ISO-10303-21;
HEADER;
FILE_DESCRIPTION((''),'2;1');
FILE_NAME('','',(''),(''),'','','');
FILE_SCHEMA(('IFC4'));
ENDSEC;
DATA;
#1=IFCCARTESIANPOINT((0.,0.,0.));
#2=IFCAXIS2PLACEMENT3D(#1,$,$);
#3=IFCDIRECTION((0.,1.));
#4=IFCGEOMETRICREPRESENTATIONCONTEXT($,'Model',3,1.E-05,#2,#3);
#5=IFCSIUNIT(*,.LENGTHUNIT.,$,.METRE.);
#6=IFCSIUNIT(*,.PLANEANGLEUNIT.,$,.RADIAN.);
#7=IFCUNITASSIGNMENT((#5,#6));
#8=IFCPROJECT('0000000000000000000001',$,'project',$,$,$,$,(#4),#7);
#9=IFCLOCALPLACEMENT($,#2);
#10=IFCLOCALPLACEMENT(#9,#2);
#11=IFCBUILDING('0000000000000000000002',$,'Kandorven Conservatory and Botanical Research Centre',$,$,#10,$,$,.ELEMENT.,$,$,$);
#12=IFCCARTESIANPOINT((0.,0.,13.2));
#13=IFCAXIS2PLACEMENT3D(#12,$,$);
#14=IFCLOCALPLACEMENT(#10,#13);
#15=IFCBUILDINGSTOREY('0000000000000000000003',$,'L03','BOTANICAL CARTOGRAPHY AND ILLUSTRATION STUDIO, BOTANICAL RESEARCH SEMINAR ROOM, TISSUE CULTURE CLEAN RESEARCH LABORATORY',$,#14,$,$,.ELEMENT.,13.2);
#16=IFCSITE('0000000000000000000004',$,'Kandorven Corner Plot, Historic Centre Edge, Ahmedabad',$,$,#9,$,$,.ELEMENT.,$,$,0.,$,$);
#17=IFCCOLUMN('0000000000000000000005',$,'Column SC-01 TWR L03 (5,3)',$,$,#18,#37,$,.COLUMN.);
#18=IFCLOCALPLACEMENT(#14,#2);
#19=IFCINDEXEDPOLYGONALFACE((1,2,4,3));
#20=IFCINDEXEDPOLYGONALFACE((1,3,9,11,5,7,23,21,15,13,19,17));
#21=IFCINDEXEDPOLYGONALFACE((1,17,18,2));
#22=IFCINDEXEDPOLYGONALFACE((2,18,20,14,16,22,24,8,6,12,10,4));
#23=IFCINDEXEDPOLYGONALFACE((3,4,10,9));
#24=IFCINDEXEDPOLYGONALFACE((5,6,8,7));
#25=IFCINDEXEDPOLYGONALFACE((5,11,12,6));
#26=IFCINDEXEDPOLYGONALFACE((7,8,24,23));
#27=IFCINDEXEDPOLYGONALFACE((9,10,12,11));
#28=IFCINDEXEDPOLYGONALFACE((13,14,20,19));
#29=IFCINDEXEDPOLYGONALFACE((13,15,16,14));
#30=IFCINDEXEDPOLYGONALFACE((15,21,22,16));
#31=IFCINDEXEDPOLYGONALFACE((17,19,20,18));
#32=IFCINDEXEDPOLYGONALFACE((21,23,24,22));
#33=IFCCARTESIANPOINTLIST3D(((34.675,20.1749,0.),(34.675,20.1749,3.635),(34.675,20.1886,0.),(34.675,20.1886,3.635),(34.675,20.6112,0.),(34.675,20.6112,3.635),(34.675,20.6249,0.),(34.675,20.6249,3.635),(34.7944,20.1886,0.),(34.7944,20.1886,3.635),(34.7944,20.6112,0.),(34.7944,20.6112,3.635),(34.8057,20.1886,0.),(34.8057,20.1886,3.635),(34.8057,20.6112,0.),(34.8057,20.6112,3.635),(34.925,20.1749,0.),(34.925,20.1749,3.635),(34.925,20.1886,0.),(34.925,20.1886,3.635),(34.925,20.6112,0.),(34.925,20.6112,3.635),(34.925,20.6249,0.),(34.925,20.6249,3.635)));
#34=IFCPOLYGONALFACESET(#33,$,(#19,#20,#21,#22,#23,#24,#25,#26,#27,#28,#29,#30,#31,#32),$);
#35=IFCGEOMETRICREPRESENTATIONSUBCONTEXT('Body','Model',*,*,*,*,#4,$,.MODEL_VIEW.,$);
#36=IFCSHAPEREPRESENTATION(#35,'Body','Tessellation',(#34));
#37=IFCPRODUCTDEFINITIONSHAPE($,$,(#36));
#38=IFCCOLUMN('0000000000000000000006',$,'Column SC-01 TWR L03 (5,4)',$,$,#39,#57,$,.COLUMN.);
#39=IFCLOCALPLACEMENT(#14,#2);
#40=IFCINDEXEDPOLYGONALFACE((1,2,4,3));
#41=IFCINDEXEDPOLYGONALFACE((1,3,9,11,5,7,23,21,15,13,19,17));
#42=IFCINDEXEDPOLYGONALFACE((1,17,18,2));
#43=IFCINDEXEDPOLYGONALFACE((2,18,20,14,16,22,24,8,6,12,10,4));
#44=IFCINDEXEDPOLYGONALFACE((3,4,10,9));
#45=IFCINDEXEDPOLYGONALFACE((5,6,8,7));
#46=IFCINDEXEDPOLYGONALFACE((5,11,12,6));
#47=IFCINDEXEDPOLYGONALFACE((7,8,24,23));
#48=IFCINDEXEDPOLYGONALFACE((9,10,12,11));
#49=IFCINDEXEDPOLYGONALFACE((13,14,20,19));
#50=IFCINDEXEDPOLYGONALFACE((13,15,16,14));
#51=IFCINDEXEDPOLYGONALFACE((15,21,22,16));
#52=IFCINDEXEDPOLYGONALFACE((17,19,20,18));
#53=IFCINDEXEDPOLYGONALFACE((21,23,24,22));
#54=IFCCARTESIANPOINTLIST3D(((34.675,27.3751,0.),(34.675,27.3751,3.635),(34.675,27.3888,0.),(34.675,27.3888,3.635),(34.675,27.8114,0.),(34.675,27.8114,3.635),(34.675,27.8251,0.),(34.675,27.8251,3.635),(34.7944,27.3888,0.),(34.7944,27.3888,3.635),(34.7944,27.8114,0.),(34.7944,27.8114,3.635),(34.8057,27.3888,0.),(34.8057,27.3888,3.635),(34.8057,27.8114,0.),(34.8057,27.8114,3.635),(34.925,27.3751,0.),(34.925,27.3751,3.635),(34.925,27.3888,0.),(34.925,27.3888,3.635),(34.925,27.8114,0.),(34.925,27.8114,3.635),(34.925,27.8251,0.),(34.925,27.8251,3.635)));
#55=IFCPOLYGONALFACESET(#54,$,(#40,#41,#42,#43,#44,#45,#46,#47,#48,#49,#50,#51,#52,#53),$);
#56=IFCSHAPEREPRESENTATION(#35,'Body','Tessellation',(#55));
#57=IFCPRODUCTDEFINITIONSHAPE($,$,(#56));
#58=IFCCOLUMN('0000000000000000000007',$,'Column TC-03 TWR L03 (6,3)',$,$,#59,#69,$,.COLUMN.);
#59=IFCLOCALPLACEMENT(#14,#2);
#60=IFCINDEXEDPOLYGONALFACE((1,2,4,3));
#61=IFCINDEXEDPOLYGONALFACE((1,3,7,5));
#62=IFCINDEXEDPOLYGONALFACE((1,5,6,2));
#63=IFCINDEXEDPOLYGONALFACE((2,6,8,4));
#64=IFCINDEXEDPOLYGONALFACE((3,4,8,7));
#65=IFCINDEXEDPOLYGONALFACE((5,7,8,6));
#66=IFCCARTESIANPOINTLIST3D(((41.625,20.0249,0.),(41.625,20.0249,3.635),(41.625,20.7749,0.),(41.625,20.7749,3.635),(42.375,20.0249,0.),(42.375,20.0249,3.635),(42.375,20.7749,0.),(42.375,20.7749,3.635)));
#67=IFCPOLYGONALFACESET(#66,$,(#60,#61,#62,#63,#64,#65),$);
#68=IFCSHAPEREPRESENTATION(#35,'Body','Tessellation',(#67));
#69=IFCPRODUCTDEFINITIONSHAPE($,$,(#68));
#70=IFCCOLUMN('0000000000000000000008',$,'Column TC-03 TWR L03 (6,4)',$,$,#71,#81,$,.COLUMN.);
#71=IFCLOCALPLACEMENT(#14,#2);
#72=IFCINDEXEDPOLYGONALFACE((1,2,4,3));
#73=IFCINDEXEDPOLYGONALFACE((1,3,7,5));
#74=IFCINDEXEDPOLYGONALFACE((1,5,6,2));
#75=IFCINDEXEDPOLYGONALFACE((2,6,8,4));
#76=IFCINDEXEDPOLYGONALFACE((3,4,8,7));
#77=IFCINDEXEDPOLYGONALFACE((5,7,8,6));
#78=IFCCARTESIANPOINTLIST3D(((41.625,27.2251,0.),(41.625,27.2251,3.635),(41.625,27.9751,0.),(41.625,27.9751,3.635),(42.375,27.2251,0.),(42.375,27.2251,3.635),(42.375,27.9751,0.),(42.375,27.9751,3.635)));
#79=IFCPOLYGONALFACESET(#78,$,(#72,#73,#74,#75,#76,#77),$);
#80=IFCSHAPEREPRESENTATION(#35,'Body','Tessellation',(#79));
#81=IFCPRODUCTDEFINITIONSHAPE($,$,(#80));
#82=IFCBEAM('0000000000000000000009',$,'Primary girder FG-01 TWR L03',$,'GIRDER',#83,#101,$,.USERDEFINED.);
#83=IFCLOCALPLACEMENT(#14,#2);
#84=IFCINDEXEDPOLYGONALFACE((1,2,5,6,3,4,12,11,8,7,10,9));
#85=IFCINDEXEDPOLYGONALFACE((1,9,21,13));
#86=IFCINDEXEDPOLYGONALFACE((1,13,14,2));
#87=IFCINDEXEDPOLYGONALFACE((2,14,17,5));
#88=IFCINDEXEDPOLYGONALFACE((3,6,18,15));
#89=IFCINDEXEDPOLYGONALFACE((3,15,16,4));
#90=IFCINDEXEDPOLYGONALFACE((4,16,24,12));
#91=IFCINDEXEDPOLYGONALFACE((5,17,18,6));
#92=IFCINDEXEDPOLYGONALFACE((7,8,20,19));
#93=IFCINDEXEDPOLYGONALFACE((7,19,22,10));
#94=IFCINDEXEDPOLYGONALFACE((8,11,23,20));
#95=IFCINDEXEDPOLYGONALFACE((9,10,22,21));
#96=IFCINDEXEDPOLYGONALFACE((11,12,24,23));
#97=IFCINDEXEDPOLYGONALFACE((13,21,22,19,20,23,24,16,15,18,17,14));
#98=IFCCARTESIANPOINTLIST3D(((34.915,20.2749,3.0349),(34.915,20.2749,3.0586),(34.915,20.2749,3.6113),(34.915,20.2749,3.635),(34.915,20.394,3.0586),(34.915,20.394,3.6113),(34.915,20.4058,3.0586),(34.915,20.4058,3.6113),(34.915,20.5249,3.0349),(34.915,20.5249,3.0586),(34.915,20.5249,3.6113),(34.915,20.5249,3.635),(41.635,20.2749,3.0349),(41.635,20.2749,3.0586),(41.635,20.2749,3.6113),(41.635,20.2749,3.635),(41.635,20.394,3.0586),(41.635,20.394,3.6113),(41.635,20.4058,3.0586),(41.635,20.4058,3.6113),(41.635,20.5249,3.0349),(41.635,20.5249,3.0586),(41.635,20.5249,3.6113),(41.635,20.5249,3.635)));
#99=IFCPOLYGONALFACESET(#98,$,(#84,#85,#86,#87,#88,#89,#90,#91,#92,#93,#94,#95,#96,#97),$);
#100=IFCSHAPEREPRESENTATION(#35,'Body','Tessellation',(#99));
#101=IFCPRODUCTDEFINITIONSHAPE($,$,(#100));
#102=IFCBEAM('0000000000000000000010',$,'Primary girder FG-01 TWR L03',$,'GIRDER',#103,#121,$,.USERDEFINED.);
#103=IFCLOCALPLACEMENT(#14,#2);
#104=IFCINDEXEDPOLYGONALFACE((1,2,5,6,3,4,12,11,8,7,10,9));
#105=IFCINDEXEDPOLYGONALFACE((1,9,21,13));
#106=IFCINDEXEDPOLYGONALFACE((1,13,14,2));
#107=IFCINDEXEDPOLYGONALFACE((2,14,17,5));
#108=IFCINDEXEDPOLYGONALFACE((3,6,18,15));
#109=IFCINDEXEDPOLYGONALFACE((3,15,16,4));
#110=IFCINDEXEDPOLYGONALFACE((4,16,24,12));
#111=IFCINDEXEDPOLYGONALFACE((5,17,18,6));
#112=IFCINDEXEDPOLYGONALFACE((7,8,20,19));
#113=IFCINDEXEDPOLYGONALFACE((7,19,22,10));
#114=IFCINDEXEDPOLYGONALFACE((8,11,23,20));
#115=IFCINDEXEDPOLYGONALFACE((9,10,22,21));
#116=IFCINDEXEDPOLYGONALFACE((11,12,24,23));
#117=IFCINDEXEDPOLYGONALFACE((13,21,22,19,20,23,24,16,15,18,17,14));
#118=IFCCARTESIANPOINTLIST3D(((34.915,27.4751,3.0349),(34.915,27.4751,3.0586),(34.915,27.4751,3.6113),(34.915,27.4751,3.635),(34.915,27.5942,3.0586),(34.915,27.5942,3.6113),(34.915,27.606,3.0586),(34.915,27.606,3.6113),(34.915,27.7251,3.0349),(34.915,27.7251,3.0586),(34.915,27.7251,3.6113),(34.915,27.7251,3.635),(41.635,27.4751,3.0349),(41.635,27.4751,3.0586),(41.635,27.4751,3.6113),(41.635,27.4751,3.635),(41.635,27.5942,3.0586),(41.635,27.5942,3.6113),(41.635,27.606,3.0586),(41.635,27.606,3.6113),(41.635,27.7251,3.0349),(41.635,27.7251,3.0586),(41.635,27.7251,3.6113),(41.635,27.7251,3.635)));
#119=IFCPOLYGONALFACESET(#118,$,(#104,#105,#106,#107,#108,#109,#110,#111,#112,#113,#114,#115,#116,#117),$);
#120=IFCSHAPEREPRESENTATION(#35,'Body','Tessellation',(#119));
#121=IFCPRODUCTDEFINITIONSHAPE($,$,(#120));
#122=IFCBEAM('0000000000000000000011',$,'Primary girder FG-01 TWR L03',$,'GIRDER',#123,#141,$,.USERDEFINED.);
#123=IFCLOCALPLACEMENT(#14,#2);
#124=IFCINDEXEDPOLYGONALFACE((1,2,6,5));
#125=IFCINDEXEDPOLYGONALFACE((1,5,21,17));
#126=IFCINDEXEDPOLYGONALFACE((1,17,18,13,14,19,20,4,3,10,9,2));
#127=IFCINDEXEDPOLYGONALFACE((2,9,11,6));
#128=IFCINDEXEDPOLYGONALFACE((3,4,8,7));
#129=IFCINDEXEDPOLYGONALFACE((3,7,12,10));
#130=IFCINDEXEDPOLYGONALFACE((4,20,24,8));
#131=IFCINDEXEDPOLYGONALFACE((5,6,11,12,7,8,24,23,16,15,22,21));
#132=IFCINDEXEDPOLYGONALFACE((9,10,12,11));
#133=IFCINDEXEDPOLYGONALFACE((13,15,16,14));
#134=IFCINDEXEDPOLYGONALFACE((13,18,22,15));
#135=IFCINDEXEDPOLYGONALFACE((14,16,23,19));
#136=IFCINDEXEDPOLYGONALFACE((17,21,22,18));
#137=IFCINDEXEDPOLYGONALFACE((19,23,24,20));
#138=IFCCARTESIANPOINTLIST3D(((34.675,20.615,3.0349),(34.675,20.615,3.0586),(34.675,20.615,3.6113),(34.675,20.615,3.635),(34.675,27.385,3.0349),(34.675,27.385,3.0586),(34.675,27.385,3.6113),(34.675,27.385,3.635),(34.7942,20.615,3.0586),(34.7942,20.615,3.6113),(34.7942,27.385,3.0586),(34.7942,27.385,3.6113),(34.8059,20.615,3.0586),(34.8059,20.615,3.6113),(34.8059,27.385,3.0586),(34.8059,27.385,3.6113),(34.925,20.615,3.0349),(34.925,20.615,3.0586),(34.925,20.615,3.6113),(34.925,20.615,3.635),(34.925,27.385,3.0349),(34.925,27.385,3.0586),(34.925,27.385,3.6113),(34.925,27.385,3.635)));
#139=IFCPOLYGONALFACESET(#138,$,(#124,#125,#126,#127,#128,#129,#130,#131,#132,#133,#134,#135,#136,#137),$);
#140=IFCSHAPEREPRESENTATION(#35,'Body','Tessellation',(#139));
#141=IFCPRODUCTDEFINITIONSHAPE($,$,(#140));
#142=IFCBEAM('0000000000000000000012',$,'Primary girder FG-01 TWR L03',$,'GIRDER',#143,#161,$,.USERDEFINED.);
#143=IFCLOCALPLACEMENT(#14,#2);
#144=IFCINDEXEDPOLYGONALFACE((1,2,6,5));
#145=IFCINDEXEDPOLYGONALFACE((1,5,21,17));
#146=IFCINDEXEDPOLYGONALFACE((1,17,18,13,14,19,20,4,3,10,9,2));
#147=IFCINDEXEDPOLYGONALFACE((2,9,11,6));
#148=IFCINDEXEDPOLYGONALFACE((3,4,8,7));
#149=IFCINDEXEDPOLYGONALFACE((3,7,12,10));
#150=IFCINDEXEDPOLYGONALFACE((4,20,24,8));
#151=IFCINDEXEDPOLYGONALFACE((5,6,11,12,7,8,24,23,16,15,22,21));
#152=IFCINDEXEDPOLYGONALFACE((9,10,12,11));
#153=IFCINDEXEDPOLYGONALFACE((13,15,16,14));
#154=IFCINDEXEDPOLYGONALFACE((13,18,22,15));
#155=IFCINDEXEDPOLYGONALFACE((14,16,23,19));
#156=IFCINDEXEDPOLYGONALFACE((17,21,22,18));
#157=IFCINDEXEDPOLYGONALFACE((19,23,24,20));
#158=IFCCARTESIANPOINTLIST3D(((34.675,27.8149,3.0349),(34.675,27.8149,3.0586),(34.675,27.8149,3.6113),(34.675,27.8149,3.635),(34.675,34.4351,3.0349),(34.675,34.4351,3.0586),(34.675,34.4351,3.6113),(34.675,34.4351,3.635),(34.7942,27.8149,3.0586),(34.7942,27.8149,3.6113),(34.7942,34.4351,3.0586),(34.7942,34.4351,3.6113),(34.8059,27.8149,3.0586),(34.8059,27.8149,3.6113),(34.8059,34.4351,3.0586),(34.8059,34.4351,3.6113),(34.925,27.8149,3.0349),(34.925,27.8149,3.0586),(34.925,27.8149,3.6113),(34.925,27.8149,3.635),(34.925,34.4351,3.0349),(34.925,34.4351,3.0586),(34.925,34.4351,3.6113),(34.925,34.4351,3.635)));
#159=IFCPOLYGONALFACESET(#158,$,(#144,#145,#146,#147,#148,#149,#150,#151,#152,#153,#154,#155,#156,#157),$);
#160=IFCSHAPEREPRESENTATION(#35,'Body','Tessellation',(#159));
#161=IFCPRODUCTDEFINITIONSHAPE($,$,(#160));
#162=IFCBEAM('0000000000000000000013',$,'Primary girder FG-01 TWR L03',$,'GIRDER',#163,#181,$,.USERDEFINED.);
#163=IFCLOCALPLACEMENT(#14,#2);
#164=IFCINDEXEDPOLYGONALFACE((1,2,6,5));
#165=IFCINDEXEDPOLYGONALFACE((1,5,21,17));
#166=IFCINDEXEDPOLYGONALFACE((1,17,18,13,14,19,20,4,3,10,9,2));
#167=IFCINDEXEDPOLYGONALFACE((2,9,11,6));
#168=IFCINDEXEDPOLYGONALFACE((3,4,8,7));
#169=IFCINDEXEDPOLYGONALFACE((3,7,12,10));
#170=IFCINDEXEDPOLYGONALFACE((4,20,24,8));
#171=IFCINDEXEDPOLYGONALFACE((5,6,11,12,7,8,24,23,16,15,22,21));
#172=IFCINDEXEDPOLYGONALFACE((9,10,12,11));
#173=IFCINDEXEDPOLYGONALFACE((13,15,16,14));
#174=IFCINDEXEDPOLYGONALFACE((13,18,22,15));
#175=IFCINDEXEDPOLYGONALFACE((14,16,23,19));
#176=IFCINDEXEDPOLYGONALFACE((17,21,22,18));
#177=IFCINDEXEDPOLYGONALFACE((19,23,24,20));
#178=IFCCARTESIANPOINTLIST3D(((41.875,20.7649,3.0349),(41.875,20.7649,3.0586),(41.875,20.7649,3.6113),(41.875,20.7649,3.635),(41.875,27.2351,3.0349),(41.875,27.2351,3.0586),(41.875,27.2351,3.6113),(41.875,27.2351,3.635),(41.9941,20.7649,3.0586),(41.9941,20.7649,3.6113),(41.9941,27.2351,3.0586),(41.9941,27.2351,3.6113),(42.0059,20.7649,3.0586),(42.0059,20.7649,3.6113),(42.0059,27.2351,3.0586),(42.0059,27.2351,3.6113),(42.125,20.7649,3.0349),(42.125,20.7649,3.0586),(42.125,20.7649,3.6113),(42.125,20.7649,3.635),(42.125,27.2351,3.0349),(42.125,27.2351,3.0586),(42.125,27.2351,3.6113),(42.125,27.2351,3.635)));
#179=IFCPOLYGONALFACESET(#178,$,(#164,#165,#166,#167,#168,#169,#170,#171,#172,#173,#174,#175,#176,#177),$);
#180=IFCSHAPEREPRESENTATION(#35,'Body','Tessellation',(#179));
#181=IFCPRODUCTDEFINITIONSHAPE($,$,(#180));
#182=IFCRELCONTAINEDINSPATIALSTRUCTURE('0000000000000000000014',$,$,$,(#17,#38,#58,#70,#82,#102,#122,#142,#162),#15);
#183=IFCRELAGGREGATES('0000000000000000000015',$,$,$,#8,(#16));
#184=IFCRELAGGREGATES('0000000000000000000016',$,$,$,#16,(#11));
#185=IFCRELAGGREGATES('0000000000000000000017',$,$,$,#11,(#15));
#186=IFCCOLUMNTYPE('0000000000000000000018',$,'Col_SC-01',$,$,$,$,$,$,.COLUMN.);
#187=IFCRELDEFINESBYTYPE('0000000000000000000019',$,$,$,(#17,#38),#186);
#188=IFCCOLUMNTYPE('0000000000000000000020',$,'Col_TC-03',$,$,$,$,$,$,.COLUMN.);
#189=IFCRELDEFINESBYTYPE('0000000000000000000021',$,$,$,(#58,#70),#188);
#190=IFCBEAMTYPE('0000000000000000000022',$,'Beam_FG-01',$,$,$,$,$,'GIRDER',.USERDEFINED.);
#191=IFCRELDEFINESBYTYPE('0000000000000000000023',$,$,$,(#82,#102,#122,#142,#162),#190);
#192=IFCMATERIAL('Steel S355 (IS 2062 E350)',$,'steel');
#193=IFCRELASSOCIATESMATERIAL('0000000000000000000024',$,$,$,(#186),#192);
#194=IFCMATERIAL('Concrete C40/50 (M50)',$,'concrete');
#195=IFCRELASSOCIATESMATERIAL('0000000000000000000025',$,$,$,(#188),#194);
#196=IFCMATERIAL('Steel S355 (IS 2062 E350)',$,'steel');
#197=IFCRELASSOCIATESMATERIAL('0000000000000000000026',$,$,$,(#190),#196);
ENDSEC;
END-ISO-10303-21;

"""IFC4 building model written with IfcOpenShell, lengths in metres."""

from ifc_helpers import new_model, si_unit, direction, frame, origin, origin_2d, place, context, subcontext, project, spatial, rectangle, i_section, extrude, material, material_profile, profile_set, type_object, element, save


model = new_model("IFC4")

# Units and contexts
model_context = context("Model", 3, precision=1e-05, world=origin(), true_north=direction((0.0, 1.0)))
body_context = subcontext(model_context, "Body", "Model", "MODEL_VIEW")
ifc_project = project(units=[si_unit("LENGTHUNIT", "METRE"), si_unit("PLANEANGLEUNIT", "RADIAN")], contexts=[model_context])

# Site, building, storey
site_placement = place(None, origin())
site = spatial("IfcSite", under=ifc_project, at=site_placement, Name="Kandorven Corner Plot, Historic Centre Edge, Ahmedabad", CompositionType="ELEMENT", RefElevation=0.0)
building_placement = place(site_placement, origin())
building = spatial("IfcBuilding", under=site, at=building_placement, Name="Kandorven Conservatory and Botanical Research Centre", CompositionType="ELEMENT")
storey_placement = place(building_placement, frame((0.0, 0.0, 13.2)))
storey = spatial("IfcBuildingStorey", under=building, at=storey_placement, Name="L03", Description="BOTANICAL CARTOGRAPHY AND ILLUSTRATION STUDIO, BOTANICAL RESEARCH SEMINAR ROOM, TISSUE CULTURE CLEAN RESEARCH LABORATORY", CompositionType="ELEMENT", Elevation=13.2)

# Columns
ifc_material_1 = material(Name="Steel S355 (IS 2062 E350)", Category="steel")
ifc_material_profile_1 = material_profile(ifc_material_1, i_section(OverallWidth=0.25, OverallDepth=0.45, WebThickness=0.0112, FlangeThickness=0.0137, at=origin_2d()))
ifc_profile_set_1 = profile_set([ifc_material_profile_1], Name="Steel S355 (IS 2062 E350)")
column_type_1 = type_object("IfcColumnType", Name="Col_SC-01", PredefinedType="COLUMN", material=ifc_profile_set_1)
for number, where, z_axis, x_axis, name in (
    (1, (34.8, 20.3999, 0.0), (0.0, 0.0, 1.0), (1.0, 0.0, 0.0), "Column SC-01 TWR L03 (5,3)"),
    (2, (34.8, 27.6001, 0.0), (0.0, 0.0, 1.0), (1.0, 0.0, 0.0), "Column SC-01 TWR L03 (5,4)"),
):
    element("IfcColumn", number, at=place(storey_placement, frame(where, z_axis=z_axis, x_axis=x_axis)), inside=storey, type_object=column_type_1, Name=name, PredefinedType="COLUMN", context=body_context, shape_type="SweptSolid", body=[
        extrude(i_section(OverallWidth=0.25, OverallDepth=0.45, WebThickness=0.0112, FlangeThickness=0.0137, at=origin_2d()), origin(), (0.0, 0.0, 1.0), 3.635),
    ])
ifc_material_2 = material(Name="Concrete C40/50 (M50)", Category="concrete")
ifc_material_profile_2 = material_profile(ifc_material_2, rectangle(XDim=0.75, YDim=0.75, at=origin_2d()))
ifc_profile_set_2 = profile_set([ifc_material_profile_2], Name="Concrete C40/50 (M50)")
column_type_2 = type_object("IfcColumnType", Name="Col_TC-03", PredefinedType="COLUMN", material=ifc_profile_set_2)
for number, where, z_axis, x_axis, name in (
    (3, (42.0, 20.3999, 0.0), (0.0, 0.0, 1.0), (1.0, 0.0, 0.0), "Column TC-03 TWR L03 (6,3)"),
    (4, (42.0, 27.6001, 0.0), (0.0, 0.0, 1.0), (1.0, 0.0, 0.0), "Column TC-03 TWR L03 (6,4)"),
):
    element("IfcColumn", number, at=place(storey_placement, frame(where, z_axis=z_axis, x_axis=x_axis)), inside=storey, type_object=column_type_2, Name=name, PredefinedType="COLUMN", context=body_context, shape_type="SweptSolid", body=[
        extrude(rectangle(XDim=0.75, YDim=0.75, at=origin_2d()), origin(), (0.0, 0.0, 1.0), 3.635),
    ])

# Beams
ifc_material_3 = material(Name="Steel S355 (IS 2062 E350)", Category="steel")
ifc_material_profile_3 = material_profile(ifc_material_3, i_section(OverallWidth=0.25, OverallDepth=0.6001, WebThickness=0.0117, FlangeThickness=0.0237, at=origin_2d()))
ifc_profile_set_3 = profile_set([ifc_material_profile_3], Name="Steel S355 (IS 2062 E350)")
beam_type_1 = type_object("IfcBeamType", Name="Beam_FG-01", ElementType="GIRDER", PredefinedType="USERDEFINED", material=ifc_profile_set_3)
for number, where, z_axis, x_axis, name in (
    (5, (34.915, 20.3999, 3.335), (1.0, 0.0, 0.0), (0.0, 1.0, 0.0), "Primary girder FG-01 TWR L03"),
    (6, (34.915, 27.6001, 3.335), (1.0, 0.0, 0.0), (0.0, 1.0, 0.0), "Primary girder FG-01 TWR L03"),
):
    element("IfcBeam", number, at=place(storey_placement, frame(where, z_axis=z_axis, x_axis=x_axis)), inside=storey, type_object=beam_type_1, Name=name, ObjectType="GIRDER", PredefinedType="USERDEFINED", context=body_context, shape_type="SweptSolid", body=[
        extrude(i_section(OverallWidth=0.25, OverallDepth=0.6001, WebThickness=0.0117, FlangeThickness=0.0237, at=origin_2d()), origin(), (0.0, 0.0, 1.0), 6.72),
    ])
beam_1_placement = place(storey_placement, frame((34.8, 20.615, 3.335), z_axis=(0.0, 1.0, 0.0), x_axis=(-1.0, 0.0, 0.0)))
element("IfcBeam", 7, at=beam_1_placement, inside=storey, type_object=beam_type_1, Name="Primary girder FG-01 TWR L03", ObjectType="GIRDER", PredefinedType="USERDEFINED", context=body_context, shape_type="SweptSolid", body=[
    extrude(i_section(OverallWidth=0.25, OverallDepth=0.6001, WebThickness=0.0117, FlangeThickness=0.0237, at=origin_2d()), origin(), (0.0, 0.0, 1.0), 6.77),
])
beam_2_placement = place(storey_placement, frame((34.8, 27.8149, 3.335), z_axis=(0.0, 1.0, 0.0), x_axis=(-1.0, 0.0, 0.0)))
element("IfcBeam", 8, at=beam_2_placement, inside=storey, type_object=beam_type_1, Name="Primary girder FG-01 TWR L03", ObjectType="GIRDER", PredefinedType="USERDEFINED", context=body_context, shape_type="SweptSolid", body=[
    extrude(i_section(OverallWidth=0.25, OverallDepth=0.6001, WebThickness=0.0117, FlangeThickness=0.0237, at=origin_2d()), origin(), (0.0, 0.0, 1.0), 6.6201),
])
beam_3_placement = place(storey_placement, frame((42.0, 20.7649, 3.335), z_axis=(0.0, 1.0, 0.0), x_axis=(-1.0, 0.0, 0.0)))
element("IfcBeam", 9, at=beam_3_placement, inside=storey, type_object=beam_type_1, Name="Primary girder FG-01 TWR L03", ObjectType="GIRDER", PredefinedType="USERDEFINED", context=body_context, shape_type="SweptSolid", body=[
    extrude(i_section(OverallWidth=0.25, OverallDepth=0.6001, WebThickness=0.0117, FlangeThickness=0.0237, at=origin_2d()), origin(), (0.0, 0.0, 1.0), 6.4702),
])

save(model, "model.ifc")
